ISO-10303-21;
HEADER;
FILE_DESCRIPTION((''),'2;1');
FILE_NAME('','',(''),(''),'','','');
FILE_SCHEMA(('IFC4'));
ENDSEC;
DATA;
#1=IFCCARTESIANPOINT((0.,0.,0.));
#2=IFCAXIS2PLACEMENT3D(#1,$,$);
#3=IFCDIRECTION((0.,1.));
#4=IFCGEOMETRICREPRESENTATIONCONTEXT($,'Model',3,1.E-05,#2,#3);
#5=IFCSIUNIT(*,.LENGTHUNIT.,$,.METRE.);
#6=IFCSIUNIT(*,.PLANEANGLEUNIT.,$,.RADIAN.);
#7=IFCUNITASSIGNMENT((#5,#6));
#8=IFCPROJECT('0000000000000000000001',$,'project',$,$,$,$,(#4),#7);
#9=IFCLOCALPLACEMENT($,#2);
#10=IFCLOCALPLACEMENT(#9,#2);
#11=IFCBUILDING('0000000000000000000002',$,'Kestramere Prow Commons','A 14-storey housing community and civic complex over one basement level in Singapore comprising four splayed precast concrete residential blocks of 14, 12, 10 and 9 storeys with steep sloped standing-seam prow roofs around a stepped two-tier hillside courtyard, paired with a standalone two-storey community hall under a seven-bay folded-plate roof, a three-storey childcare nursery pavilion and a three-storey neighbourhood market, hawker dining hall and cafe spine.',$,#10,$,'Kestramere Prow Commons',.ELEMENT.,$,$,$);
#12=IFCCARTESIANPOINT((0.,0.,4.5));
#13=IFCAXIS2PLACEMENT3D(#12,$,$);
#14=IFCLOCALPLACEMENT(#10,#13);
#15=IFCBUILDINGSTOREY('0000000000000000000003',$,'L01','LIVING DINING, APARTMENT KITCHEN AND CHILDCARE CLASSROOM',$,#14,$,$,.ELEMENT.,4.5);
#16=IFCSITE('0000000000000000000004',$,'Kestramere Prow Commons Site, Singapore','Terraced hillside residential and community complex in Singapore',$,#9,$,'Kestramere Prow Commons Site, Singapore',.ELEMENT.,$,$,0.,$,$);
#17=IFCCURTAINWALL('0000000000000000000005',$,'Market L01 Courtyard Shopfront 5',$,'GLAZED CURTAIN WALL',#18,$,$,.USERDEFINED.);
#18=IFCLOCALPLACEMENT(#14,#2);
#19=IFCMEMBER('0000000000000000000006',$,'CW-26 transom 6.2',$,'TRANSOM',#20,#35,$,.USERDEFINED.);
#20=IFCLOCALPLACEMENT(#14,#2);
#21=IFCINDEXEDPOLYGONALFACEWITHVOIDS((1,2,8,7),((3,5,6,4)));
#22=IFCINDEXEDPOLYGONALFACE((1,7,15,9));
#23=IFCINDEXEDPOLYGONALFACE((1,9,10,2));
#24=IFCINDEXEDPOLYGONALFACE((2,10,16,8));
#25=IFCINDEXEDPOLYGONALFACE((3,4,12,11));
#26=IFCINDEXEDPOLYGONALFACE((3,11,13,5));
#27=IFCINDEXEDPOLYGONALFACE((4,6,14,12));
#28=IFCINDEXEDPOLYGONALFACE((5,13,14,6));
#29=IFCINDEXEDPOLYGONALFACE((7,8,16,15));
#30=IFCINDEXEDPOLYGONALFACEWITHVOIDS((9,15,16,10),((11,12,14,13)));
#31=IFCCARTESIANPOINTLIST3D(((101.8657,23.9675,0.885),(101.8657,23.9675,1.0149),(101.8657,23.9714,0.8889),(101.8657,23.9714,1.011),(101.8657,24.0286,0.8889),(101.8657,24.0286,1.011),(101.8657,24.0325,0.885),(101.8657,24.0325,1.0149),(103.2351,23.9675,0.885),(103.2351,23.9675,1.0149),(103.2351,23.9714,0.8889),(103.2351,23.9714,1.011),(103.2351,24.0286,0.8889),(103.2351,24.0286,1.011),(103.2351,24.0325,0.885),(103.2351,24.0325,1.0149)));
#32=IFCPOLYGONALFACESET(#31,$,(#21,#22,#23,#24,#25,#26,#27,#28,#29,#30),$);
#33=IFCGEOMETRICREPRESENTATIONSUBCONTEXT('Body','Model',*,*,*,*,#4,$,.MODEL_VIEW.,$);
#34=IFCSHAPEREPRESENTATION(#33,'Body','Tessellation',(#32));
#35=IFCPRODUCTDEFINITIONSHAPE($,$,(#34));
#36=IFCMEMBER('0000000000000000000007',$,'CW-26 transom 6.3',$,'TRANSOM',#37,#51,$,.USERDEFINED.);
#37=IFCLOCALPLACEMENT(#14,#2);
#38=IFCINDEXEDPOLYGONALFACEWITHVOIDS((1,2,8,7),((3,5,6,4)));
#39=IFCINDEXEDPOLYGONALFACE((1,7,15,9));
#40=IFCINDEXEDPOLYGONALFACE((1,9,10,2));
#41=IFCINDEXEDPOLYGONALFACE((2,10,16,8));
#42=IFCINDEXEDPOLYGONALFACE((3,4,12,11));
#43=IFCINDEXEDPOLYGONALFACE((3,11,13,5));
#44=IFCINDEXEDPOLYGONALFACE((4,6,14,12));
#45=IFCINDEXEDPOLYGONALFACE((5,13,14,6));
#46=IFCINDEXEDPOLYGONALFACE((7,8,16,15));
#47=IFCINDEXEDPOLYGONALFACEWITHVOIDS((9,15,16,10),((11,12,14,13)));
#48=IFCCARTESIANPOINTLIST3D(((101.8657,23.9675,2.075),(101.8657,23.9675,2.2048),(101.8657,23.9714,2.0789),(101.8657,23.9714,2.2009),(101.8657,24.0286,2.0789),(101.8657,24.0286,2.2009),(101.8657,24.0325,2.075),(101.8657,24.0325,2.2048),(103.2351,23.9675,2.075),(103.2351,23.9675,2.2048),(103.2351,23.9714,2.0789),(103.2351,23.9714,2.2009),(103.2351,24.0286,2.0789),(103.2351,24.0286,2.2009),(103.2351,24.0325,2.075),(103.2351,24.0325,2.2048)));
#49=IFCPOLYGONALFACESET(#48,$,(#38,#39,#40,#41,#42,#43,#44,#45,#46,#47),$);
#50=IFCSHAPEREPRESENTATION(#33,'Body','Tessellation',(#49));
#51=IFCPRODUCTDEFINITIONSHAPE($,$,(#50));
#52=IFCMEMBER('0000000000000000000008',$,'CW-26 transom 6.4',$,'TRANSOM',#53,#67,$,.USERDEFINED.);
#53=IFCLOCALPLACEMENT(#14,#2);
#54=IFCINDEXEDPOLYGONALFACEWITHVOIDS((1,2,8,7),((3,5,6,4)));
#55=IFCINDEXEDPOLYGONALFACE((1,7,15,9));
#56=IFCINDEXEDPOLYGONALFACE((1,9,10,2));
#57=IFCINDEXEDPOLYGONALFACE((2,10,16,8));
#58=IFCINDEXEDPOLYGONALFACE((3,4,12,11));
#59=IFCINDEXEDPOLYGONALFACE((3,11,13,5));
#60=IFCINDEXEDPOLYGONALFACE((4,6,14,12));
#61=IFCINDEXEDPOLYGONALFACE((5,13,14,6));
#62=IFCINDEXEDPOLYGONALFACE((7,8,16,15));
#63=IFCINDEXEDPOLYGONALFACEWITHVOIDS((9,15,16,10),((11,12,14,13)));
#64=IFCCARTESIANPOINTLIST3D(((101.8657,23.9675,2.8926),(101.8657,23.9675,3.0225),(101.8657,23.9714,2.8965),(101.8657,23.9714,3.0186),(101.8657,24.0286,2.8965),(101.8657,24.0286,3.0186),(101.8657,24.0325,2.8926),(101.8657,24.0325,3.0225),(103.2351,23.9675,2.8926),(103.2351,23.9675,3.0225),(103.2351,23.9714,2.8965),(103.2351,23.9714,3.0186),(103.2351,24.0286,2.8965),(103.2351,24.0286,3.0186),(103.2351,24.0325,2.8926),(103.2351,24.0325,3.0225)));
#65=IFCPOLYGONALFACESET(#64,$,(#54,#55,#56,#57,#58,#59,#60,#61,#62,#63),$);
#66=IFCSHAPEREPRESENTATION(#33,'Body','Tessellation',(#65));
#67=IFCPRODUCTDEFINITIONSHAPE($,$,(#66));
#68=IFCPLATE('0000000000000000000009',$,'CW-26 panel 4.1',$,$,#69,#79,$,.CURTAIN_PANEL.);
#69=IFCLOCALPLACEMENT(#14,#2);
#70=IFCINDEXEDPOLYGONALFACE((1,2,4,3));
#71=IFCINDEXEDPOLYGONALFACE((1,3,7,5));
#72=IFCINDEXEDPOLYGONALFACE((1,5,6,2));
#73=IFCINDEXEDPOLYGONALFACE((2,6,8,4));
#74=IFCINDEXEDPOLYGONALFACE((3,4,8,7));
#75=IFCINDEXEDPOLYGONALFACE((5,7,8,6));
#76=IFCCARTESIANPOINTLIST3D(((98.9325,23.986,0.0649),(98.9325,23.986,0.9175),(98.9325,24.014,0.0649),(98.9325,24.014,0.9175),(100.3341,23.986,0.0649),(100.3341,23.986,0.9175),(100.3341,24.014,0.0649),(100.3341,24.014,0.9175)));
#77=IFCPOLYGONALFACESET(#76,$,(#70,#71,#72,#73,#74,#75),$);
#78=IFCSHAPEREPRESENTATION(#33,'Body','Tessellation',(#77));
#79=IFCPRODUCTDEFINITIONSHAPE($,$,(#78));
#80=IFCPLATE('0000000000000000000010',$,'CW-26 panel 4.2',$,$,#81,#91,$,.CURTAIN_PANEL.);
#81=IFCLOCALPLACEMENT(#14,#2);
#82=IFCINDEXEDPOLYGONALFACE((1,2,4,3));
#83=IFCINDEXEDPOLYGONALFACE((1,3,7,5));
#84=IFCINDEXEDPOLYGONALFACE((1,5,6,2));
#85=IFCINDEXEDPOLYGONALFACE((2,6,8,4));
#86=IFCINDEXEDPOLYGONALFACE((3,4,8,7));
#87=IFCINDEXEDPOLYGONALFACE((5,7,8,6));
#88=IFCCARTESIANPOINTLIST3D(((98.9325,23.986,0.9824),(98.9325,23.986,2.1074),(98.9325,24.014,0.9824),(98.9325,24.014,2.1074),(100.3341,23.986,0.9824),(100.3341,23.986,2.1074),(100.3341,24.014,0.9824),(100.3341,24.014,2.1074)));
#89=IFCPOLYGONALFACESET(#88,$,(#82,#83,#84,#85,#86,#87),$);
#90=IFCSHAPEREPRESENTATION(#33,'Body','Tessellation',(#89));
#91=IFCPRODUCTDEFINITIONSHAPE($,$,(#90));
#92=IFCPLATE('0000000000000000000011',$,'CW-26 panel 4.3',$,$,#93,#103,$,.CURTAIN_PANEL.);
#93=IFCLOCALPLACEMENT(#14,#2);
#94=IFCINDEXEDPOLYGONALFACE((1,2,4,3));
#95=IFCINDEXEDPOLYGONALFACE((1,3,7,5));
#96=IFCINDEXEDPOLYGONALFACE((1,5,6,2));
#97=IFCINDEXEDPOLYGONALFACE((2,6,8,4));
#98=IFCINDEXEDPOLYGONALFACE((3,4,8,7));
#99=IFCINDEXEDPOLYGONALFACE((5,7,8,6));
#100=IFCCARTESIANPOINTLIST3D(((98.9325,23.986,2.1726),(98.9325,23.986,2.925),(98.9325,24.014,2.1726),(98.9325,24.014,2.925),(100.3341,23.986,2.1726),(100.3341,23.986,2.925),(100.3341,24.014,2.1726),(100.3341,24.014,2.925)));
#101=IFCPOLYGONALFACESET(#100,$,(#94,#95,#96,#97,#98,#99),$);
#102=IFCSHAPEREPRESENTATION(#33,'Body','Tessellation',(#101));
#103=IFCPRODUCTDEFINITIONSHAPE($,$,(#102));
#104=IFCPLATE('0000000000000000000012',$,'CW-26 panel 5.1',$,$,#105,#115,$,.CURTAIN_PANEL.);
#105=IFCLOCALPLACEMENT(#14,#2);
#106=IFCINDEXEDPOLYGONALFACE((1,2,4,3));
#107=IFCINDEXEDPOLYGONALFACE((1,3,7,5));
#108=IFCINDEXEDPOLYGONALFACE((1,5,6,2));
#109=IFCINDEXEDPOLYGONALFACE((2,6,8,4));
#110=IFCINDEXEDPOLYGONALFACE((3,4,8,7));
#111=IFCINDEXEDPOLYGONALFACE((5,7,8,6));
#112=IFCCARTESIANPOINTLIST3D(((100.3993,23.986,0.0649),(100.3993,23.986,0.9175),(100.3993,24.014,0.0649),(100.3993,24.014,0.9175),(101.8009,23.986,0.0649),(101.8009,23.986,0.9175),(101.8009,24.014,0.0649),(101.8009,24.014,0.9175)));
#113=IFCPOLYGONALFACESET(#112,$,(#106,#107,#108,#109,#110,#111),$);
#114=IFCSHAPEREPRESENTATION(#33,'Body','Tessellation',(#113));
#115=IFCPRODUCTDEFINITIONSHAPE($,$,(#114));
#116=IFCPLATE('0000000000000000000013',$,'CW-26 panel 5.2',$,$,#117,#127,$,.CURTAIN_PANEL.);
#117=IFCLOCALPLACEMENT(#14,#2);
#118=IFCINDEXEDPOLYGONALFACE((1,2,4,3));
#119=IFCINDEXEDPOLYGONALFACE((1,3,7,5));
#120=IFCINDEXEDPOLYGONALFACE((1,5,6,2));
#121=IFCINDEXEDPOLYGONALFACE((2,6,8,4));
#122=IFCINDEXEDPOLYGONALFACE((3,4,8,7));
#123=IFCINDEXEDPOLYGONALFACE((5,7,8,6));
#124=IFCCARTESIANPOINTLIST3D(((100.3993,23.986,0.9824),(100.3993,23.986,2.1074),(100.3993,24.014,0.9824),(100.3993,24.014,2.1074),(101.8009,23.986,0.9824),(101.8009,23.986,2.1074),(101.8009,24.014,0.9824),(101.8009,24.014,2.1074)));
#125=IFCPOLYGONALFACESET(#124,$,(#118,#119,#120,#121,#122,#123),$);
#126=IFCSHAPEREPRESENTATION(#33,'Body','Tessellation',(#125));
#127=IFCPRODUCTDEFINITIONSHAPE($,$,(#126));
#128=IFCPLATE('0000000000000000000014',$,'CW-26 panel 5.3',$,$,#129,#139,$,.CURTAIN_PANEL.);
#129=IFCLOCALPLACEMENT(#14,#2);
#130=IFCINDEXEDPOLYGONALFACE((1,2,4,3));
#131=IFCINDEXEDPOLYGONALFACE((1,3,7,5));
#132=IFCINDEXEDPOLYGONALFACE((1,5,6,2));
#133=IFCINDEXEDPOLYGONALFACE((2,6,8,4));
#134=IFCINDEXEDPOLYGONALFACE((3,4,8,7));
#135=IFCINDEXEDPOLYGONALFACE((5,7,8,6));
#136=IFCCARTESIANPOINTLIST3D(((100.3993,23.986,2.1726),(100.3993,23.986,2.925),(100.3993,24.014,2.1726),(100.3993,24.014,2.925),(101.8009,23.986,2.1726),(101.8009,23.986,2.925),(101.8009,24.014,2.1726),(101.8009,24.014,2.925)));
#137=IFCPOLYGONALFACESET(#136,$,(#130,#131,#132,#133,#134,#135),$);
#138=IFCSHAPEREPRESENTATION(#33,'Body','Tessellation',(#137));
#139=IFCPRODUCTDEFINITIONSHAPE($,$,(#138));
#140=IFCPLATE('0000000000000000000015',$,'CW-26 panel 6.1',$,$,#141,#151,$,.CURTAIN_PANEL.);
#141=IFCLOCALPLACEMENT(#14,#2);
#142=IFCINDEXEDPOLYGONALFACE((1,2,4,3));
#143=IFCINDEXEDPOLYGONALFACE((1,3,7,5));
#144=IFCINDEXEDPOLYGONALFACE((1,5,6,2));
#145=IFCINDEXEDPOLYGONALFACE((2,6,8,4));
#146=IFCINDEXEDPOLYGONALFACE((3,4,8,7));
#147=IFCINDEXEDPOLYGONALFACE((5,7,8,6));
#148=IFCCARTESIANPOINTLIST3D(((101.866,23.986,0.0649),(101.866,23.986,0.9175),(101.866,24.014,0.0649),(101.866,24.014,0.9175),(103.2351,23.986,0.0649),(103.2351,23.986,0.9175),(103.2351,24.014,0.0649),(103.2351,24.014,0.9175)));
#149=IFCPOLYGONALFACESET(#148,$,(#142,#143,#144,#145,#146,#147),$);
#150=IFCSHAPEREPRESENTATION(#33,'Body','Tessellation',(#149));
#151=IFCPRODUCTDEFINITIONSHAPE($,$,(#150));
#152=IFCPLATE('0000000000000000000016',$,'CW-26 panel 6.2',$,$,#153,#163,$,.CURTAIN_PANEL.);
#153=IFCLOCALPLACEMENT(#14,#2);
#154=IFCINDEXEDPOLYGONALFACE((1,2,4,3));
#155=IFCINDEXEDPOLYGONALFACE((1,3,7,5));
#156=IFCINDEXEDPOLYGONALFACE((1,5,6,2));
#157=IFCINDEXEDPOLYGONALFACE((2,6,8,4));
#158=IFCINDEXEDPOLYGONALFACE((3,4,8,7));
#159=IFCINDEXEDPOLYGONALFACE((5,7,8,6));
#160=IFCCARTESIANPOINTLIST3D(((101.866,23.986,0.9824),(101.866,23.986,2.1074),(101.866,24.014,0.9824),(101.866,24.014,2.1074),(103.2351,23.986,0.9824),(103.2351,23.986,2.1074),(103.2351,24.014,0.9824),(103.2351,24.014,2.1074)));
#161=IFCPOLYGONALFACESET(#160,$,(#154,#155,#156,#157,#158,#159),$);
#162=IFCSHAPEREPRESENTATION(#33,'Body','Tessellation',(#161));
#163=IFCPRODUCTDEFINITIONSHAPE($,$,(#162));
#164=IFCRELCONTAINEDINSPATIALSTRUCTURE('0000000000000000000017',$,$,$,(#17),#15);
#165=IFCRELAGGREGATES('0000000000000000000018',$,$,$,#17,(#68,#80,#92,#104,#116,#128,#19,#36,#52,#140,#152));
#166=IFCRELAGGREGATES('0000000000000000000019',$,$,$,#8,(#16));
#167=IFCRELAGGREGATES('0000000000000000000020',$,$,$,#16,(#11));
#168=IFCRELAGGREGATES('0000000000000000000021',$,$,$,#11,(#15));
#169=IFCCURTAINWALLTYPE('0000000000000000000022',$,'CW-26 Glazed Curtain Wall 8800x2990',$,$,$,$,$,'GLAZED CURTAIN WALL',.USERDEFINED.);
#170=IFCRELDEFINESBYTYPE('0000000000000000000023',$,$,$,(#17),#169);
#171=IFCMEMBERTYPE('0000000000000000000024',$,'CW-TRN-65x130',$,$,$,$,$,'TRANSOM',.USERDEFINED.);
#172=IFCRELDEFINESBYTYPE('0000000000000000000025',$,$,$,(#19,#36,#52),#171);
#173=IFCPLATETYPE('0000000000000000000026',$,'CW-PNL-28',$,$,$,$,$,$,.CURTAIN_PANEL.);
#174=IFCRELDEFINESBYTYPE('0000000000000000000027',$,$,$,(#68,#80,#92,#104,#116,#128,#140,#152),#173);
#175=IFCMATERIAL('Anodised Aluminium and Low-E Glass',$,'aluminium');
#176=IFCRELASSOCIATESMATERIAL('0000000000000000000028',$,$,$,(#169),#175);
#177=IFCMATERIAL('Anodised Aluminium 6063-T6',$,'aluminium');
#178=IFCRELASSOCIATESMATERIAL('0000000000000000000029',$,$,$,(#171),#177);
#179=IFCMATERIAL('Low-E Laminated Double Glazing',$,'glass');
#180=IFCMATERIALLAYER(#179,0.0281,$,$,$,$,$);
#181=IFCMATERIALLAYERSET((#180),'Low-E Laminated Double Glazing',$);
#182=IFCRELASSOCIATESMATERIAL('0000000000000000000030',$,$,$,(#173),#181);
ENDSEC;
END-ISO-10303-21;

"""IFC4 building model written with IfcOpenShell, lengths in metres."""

from ifc_helpers import new_model, si_unit, direction, frame, origin, origin_2d, place, context, subcontext, project, spatial, rectangle, hollow_rectangle, extrude, material, layer, layer_set, material_profile, profile_set, type_object, element, aggregate, save


model = new_model("IFC4")

# Units and contexts
model_context = context("Model", 3, precision=1e-05, world=origin(), true_north=direction((0.0, 1.0)))
body_context = subcontext(model_context, "Body", "Model", "MODEL_VIEW")
ifc_project = project(units=[si_unit("LENGTHUNIT", "METRE"), si_unit("PLANEANGLEUNIT", "RADIAN")], contexts=[model_context])

# Site, building, storey
site_placement = place(None, origin())
site = spatial("IfcSite", under=ifc_project, at=site_placement, Name="Kestramere Prow Commons Site, Singapore", Description="Terraced hillside residential and community complex in Singapore", LongName="Kestramere Prow Commons Site, Singapore", CompositionType="ELEMENT", RefElevation=0.0)
building_placement = place(site_placement, origin())
building = spatial("IfcBuilding", under=site, at=building_placement, Name="Kestramere Prow Commons", Description="A 14-storey housing community and civic complex over one basement level in Singapore comprising four splayed precast concrete residential blocks of 14, 12, 10 and 9 storeys with steep sloped standing-seam prow roofs around a stepped two-tier hillside courtyard, paired with a standalone two-storey community hall under a seven-bay folded-plate roof, a three-storey childcare nursery pavilion and a three-storey neighbourhood market, hawker dining hall and cafe spine.", LongName="Kestramere Prow Commons", CompositionType="ELEMENT")
storey_placement = place(building_placement, frame((0.0, 0.0, 4.5)))
storey = spatial("IfcBuildingStorey", under=building, at=storey_placement, Name="L01", Description="LIVING DINING, APARTMENT KITCHEN AND CHILDCARE CLASSROOM", CompositionType="ELEMENT", Elevation=4.5)

# Curtain wall, members, plates
ifc_material_1 = material(Name="Anodised Aluminium and Low-E Glass", Category="aluminium")
curtain_wall_type = type_object("IfcCurtainWallType", Name="CW-26 Glazed Curtain Wall 8800x2990", ElementType="GLAZED CURTAIN WALL", PredefinedType="USERDEFINED", material=ifc_material_1)
curtain_wall_placement = place(storey_placement, origin())
curtain_wall = element("IfcCurtainWall", 1, at=curtain_wall_placement, inside=storey, type_object=curtain_wall_type, Name="Market L01 Courtyard Shopfront 5", ObjectType="GLAZED CURTAIN WALL", PredefinedType="USERDEFINED")
ifc_material_2 = material(Name="Anodised Aluminium 6063-T6", Category="aluminium")
ifc_material_profile_1 = material_profile(ifc_material_2, hollow_rectangle(XDim=0.0649, YDim=0.1299, WallThickness=0.0039, at=origin_2d()), Name="ALU-TRN 65x130")
ifc_profile_set_1 = profile_set([ifc_material_profile_1], Name="Anodised Aluminium 6063-T6")
member_type_1 = type_object("IfcMemberType", Name="CW-TRN-65x130", ElementType="TRANSOM", PredefinedType="USERDEFINED", material=ifc_profile_set_1)
member_1_placement = place(storey_placement, frame((101.8657, 24.0, 0.95), z_axis=(1.0, 0.0, 0.0), x_axis=(0.0, 1.0, 0.0)))
member_1 = element("IfcMember", 2, at=member_1_placement, type_object=member_type_1, Name="CW-26 transom 6.2", ObjectType="TRANSOM", PredefinedType="USERDEFINED", context=body_context, shape_type="SweptSolid", body=[
    extrude(hollow_rectangle(XDim=0.0649, YDim=0.1299, WallThickness=0.0039, at=origin_2d()), origin(), (0.0, 0.0, 1.0), 1.3694),
])
member_2_placement = place(storey_placement, frame((101.8657, 24.0, 2.1399), z_axis=(1.0, 0.0, 0.0), x_axis=(0.0, 1.0, 0.0)))
member_2 = element("IfcMember", 3, at=member_2_placement, type_object=member_type_1, Name="CW-26 transom 6.3", ObjectType="TRANSOM", PredefinedType="USERDEFINED", context=body_context, shape_type="SweptSolid", body=[
    extrude(hollow_rectangle(XDim=0.0649, YDim=0.1299, WallThickness=0.0039, at=origin_2d()), origin(), (0.0, 0.0, 1.0), 1.3694),
])
member_3_placement = place(storey_placement, frame((101.8657, 24.0, 2.9575), z_axis=(1.0, 0.0, 0.0), x_axis=(0.0, 1.0, 0.0)))
member_3 = element("IfcMember", 4, at=member_3_placement, type_object=member_type_1, Name="CW-26 transom 6.4", ObjectType="TRANSOM", PredefinedType="USERDEFINED", context=body_context, shape_type="SweptSolid", body=[
    extrude(hollow_rectangle(XDim=0.0649, YDim=0.1299, WallThickness=0.0039, at=origin_2d()), origin(), (0.0, 0.0, 1.0), 1.3694),
])
ifc_material_3 = material(Name="Low-E Laminated Double Glazing", Category="glass")
ifc_layer = layer(ifc_material_3, 0.0281)
ifc_layer_set = layer_set([ifc_layer], Name="Low-E Laminated Double Glazing")
plate_type = type_object("IfcPlateType", Name="CW-PNL-28", PredefinedType="CURTAIN_PANEL", material=ifc_layer_set)
plate_1_placement = place(storey_placement, frame((99.6333, 24.0, 0.0649), z_axis=(0.0, 0.0, 1.0), x_axis=(1.0, 0.0, 0.0)))
plate_1 = element("IfcPlate", 5, at=plate_1_placement, type_object=plate_type, Name="CW-26 panel 4.1", PredefinedType="CURTAIN_PANEL", context=body_context, shape_type="SweptSolid", body=[
    extrude(rectangle(XDim=1.4016, YDim=0.0281, at=origin_2d()), origin(), (0.0, 0.0, 1.0), 0.8525),
])
plate_2_placement = place(storey_placement, frame((99.6333, 24.0, 0.9824), z_axis=(0.0, 0.0, 1.0), x_axis=(1.0, 0.0, 0.0)))
plate_2 = element("IfcPlate", 6, at=plate_2_placement, type_object=plate_type, Name="CW-26 panel 4.2", PredefinedType="CURTAIN_PANEL", context=body_context, shape_type="SweptSolid", body=[
    extrude(rectangle(XDim=1.4016, YDim=0.0281, at=origin_2d()), origin(), (0.0, 0.0, 1.0), 1.125),
])
plate_3_placement = place(storey_placement, frame((99.6333, 24.0, 2.1726), z_axis=(0.0, 0.0, 1.0), x_axis=(1.0, 0.0, 0.0)))
plate_3 = element("IfcPlate", 7, at=plate_3_placement, type_object=plate_type, Name="CW-26 panel 4.3", PredefinedType="CURTAIN_PANEL", context=body_context, shape_type="SweptSolid", body=[
    extrude(rectangle(XDim=1.4016, YDim=0.0281, at=origin_2d()), origin(), (0.0, 0.0, 1.0), 0.7524),
])
plate_4_placement = place(storey_placement, frame((101.1001, 24.0, 0.0649), z_axis=(0.0, 0.0, 1.0), x_axis=(1.0, 0.0, 0.0)))
plate_4 = element("IfcPlate", 8, at=plate_4_placement, type_object=plate_type, Name="CW-26 panel 5.1", PredefinedType="CURTAIN_PANEL", context=body_context, shape_type="SweptSolid", body=[
    extrude(rectangle(XDim=1.4016, YDim=0.0281, at=origin_2d()), origin(), (0.0, 0.0, 1.0), 0.8525),
])
plate_5_placement = place(storey_placement, frame((101.1001, 24.0, 0.9824), z_axis=(0.0, 0.0, 1.0), x_axis=(1.0, 0.0, 0.0)))
plate_5 = element("IfcPlate", 9, at=plate_5_placement, type_object=plate_type, Name="CW-26 panel 5.2", PredefinedType="CURTAIN_PANEL", context=body_context, shape_type="SweptSolid", body=[
    extrude(rectangle(XDim=1.4016, YDim=0.0281, at=origin_2d()), origin(), (0.0, 0.0, 1.0), 1.125),
])
plate_6_placement = place(storey_placement, frame((101.1001, 24.0, 2.1726), z_axis=(0.0, 0.0, 1.0), x_axis=(1.0, 0.0, 0.0)))
plate_6 = element("IfcPlate", 10, at=plate_6_placement, type_object=plate_type, Name="CW-26 panel 5.3", PredefinedType="CURTAIN_PANEL", context=body_context, shape_type="SweptSolid", body=[
    extrude(rectangle(XDim=1.4016, YDim=0.0281, at=origin_2d()), origin(), (0.0, 0.0, 1.0), 0.7524),
])
plate_7_placement = place(storey_placement, frame((102.5505, 24.0, 0.0649), z_axis=(0.0, 0.0, 1.0), x_axis=(1.0, 0.0, 0.0)))
plate_7 = element("IfcPlate", 11, at=plate_7_placement, type_object=plate_type, Name="CW-26 panel 6.1", PredefinedType="CURTAIN_PANEL", context=body_context, shape_type="SweptSolid", body=[
    extrude(rectangle(XDim=1.3691, YDim=0.0281, at=origin_2d()), origin(), (0.0, 0.0, 1.0), 0.8525),
])
plate_8_placement = place(storey_placement, frame((102.5505, 24.0, 0.9824), z_axis=(0.0, 0.0, 1.0), x_axis=(1.0, 0.0, 0.0)))
plate_8 = element("IfcPlate", 12, at=plate_8_placement, type_object=plate_type, Name="CW-26 panel 6.2", PredefinedType="CURTAIN_PANEL", context=body_context, shape_type="SweptSolid", body=[
    extrude(rectangle(XDim=1.3691, YDim=0.0281, at=origin_2d()), origin(), (0.0, 0.0, 1.0), 1.125),
])
aggregate(curtain_wall, [plate_1, plate_2, plate_3, plate_4, plate_5, plate_6, member_1, member_2, member_3, plate_7, plate_8])

save(model, "model.ifc")
